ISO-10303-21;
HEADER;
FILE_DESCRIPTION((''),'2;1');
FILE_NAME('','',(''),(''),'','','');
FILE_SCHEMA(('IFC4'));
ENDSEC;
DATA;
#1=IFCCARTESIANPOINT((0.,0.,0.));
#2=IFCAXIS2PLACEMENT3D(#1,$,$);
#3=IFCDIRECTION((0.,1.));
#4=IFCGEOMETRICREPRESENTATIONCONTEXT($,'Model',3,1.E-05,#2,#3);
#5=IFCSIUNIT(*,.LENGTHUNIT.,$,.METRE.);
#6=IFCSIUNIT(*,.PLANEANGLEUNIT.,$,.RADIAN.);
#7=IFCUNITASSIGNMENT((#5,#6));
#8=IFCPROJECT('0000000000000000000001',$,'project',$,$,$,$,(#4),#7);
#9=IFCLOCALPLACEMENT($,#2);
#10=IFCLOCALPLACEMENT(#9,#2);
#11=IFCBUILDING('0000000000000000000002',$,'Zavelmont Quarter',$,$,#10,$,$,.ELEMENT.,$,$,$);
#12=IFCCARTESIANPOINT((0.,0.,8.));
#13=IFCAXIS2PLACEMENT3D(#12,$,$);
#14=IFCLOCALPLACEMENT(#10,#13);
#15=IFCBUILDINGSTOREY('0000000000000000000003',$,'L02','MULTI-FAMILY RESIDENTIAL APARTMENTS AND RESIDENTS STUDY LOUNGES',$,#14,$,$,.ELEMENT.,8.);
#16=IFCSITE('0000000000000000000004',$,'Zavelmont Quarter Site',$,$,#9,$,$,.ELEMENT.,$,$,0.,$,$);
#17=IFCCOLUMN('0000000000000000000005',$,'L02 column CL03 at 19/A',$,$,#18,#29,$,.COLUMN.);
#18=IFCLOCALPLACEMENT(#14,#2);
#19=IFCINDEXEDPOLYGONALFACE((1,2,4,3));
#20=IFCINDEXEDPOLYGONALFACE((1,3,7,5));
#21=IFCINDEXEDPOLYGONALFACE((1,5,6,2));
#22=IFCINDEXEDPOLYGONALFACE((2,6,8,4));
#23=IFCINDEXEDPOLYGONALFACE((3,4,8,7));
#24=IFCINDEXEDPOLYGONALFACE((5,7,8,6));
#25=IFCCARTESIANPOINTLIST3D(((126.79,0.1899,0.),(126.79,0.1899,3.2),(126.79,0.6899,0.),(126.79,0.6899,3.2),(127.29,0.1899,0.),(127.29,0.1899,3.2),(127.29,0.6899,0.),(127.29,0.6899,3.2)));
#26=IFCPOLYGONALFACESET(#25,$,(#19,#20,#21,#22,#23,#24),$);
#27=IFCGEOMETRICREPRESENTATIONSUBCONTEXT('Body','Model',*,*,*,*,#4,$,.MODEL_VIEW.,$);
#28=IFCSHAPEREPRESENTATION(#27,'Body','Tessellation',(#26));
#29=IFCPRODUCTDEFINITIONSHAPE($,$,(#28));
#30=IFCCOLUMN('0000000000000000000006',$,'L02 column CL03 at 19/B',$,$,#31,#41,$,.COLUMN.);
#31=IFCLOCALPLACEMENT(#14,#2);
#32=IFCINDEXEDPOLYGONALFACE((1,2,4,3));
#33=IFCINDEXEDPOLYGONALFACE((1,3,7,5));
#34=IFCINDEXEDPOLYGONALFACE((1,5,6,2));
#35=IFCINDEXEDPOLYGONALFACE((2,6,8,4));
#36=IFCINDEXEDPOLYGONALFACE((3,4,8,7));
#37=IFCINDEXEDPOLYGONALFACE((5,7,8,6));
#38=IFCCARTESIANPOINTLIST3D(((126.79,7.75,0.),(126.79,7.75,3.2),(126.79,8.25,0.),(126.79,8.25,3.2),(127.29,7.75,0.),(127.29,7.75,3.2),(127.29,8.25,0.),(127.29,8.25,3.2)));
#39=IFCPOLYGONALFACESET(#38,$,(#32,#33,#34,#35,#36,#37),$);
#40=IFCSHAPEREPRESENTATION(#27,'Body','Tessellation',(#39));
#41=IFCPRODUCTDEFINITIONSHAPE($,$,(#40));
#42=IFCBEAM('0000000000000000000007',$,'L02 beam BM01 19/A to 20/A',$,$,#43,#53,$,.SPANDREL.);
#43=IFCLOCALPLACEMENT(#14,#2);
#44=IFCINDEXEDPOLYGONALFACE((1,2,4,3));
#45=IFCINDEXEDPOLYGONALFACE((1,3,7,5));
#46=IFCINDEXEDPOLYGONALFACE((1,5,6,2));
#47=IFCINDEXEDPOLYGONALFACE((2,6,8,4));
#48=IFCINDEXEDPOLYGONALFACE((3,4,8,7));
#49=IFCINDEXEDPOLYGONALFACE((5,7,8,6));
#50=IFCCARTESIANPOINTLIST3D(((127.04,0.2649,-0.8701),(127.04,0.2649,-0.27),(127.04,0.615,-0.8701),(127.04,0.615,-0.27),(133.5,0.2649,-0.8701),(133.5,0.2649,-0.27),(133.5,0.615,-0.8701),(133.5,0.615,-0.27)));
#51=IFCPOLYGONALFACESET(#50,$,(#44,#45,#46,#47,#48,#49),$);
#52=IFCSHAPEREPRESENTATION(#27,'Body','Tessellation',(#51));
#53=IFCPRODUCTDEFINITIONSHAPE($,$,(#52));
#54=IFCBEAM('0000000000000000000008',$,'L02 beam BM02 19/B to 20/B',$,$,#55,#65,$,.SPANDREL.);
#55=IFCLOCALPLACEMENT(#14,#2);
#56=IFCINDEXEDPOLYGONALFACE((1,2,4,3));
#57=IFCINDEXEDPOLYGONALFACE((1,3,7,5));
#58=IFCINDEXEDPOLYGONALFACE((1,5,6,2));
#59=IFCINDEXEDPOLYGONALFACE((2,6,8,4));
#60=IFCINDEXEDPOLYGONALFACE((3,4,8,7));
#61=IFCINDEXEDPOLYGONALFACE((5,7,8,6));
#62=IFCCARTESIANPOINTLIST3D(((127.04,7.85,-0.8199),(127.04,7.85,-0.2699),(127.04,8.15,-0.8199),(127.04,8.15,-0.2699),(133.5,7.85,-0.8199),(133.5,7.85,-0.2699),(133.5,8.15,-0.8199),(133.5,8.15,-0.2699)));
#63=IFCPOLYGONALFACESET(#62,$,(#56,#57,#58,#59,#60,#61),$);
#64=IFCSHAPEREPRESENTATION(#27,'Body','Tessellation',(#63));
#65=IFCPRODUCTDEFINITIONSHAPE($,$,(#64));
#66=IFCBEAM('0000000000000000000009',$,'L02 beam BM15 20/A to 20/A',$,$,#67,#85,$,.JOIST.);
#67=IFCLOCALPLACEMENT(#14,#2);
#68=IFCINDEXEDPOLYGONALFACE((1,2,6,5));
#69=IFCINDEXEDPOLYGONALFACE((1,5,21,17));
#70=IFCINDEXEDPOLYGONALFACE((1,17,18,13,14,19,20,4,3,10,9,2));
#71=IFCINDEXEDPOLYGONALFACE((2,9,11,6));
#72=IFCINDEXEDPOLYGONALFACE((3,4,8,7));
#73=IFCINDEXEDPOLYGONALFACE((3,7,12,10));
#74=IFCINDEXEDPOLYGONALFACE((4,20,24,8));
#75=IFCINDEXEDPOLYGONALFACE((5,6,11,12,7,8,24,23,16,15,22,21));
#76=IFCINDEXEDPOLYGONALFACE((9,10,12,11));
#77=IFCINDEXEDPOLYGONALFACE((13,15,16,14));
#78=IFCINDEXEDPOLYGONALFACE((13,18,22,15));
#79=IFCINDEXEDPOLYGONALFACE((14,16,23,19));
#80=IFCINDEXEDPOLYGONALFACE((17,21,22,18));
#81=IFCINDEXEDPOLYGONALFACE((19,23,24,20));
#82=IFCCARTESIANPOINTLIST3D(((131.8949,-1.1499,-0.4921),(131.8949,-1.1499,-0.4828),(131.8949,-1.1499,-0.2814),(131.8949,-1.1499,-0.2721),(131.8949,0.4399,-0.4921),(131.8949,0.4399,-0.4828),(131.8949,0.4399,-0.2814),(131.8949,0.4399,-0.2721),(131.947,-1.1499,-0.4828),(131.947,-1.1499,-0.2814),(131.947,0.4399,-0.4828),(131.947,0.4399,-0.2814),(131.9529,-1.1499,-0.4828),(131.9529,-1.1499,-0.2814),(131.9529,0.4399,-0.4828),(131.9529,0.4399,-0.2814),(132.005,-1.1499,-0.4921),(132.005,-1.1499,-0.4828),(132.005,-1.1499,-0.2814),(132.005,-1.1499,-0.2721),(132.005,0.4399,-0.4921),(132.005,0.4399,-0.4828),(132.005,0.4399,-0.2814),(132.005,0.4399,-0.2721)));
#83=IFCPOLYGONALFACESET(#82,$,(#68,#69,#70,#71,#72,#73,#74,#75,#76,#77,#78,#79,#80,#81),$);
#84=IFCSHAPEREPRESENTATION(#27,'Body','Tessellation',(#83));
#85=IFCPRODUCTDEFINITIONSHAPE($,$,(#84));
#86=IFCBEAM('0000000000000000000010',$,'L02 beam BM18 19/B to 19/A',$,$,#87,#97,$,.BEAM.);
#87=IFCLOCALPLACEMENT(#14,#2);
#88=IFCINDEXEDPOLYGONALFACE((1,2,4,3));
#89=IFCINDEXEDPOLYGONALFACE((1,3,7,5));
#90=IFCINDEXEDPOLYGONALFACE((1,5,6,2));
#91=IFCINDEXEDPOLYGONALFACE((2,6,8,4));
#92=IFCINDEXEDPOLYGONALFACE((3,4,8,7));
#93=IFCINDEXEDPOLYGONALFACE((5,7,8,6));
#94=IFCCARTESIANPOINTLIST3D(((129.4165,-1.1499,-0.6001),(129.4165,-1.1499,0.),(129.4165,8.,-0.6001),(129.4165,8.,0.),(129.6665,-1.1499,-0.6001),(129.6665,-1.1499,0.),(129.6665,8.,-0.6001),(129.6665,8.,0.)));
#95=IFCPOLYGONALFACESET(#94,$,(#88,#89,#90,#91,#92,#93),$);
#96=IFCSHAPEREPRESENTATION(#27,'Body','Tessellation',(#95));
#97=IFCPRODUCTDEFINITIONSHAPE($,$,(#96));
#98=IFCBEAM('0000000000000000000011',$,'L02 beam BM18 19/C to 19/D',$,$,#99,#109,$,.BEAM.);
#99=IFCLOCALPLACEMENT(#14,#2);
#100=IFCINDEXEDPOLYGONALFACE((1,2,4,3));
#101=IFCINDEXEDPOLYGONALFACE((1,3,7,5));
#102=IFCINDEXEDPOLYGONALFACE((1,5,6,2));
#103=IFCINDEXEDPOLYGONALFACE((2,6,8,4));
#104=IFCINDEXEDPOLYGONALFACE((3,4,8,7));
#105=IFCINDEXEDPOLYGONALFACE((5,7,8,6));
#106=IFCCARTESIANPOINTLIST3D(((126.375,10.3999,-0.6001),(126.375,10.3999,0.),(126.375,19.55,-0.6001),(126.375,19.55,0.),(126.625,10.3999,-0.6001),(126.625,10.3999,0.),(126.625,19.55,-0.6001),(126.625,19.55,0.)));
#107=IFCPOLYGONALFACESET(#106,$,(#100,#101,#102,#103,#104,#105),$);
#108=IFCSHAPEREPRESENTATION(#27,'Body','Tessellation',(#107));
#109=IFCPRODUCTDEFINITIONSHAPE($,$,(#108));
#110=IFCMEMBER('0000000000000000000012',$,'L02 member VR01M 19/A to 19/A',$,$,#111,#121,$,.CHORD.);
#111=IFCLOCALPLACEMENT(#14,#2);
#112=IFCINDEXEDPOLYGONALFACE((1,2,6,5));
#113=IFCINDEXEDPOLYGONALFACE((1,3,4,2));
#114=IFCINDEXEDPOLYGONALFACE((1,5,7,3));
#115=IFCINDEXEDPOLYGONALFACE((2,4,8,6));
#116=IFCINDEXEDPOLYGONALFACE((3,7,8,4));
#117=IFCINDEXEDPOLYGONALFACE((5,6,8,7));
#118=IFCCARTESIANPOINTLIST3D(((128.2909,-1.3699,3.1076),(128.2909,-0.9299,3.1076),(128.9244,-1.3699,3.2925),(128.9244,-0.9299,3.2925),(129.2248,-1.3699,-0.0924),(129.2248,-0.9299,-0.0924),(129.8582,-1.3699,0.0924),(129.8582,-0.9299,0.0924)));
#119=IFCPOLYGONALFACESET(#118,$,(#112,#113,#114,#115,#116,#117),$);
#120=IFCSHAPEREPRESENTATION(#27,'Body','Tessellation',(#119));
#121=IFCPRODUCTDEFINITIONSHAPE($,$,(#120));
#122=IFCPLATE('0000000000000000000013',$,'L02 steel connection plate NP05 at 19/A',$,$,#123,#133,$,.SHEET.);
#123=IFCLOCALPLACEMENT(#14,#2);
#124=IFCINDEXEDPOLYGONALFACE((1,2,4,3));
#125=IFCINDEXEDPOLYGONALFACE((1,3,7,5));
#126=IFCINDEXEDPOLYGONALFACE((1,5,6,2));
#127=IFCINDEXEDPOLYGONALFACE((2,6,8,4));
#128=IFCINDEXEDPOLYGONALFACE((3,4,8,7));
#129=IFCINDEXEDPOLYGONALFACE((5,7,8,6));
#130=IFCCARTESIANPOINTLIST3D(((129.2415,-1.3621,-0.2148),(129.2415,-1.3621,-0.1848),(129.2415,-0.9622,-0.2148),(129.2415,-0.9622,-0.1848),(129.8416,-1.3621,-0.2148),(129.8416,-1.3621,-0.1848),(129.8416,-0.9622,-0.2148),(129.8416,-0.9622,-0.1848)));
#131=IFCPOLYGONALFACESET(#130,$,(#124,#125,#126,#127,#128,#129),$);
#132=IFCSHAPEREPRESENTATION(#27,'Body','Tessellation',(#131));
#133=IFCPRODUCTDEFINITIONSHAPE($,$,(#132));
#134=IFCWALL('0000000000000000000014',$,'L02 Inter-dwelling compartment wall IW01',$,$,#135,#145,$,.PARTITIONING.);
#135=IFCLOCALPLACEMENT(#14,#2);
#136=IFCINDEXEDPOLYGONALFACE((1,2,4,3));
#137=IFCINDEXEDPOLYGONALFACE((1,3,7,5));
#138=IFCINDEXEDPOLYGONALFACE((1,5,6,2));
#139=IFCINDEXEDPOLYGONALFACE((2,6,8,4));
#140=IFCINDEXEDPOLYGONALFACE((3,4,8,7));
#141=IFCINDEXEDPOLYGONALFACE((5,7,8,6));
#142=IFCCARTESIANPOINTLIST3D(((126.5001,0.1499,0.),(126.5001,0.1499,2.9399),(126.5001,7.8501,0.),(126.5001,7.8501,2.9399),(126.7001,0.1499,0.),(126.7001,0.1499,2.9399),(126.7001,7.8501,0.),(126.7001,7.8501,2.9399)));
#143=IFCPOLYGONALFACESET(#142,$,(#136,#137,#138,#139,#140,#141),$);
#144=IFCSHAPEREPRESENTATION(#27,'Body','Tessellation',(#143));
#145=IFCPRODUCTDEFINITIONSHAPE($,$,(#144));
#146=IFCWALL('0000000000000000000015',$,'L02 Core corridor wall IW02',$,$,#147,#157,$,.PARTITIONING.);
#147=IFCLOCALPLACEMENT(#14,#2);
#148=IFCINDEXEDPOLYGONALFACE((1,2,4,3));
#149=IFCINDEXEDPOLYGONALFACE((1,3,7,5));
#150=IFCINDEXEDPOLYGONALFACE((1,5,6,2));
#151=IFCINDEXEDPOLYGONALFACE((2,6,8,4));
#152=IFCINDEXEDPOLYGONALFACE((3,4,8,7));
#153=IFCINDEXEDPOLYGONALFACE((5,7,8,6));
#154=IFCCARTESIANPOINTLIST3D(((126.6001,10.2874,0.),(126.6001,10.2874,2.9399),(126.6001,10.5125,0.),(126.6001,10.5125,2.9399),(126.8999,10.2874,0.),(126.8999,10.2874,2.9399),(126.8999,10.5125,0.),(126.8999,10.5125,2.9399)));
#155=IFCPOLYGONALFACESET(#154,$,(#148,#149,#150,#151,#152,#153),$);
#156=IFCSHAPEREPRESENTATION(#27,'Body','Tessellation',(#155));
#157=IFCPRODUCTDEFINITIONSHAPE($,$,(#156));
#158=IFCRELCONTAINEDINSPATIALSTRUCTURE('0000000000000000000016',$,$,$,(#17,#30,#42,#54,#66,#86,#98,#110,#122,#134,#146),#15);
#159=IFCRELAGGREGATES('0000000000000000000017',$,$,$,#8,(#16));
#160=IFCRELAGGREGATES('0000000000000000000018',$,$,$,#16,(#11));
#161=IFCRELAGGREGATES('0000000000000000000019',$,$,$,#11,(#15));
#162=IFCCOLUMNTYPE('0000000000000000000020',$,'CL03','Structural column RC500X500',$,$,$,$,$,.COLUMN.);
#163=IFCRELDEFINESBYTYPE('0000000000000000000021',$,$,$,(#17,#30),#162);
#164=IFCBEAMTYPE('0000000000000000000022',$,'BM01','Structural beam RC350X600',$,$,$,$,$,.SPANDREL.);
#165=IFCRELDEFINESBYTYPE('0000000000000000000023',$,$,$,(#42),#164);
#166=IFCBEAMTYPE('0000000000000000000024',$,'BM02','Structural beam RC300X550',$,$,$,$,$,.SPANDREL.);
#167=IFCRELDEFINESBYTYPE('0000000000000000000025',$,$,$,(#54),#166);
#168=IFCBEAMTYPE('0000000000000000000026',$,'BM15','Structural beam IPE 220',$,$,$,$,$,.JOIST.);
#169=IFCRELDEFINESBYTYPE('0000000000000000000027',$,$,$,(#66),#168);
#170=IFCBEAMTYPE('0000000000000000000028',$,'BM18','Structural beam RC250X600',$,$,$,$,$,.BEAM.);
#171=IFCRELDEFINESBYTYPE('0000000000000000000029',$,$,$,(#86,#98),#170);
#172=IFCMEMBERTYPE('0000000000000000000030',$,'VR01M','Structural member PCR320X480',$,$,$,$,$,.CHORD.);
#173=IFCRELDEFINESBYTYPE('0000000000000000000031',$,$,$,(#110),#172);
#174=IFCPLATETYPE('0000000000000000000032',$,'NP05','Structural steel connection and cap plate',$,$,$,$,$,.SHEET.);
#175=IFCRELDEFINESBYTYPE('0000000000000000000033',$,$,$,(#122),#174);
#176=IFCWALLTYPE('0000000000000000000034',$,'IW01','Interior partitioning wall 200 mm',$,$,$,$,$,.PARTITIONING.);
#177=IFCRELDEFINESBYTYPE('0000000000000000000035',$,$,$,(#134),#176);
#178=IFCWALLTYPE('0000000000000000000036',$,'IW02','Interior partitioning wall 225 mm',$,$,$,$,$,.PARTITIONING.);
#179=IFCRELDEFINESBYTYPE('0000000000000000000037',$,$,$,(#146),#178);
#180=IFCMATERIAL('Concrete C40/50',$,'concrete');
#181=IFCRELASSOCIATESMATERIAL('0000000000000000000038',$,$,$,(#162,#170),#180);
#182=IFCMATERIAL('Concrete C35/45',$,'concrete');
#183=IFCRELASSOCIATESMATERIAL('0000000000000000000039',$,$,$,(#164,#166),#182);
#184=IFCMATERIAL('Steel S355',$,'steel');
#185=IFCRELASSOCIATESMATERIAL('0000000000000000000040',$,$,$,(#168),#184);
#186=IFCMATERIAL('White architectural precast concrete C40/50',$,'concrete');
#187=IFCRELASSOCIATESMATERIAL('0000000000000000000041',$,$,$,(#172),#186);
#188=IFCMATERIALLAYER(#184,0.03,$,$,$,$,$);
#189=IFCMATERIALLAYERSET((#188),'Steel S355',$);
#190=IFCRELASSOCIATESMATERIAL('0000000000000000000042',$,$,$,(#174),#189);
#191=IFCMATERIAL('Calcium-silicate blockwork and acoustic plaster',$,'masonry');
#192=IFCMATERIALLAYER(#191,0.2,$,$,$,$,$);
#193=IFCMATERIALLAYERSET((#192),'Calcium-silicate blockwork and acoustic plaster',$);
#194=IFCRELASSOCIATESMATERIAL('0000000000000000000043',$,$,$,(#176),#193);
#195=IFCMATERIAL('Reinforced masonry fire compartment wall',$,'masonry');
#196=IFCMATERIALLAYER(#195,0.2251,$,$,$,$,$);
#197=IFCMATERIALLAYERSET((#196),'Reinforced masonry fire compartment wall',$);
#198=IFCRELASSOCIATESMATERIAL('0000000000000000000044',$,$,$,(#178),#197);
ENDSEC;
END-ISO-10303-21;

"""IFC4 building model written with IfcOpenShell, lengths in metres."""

from ifc_helpers import new_model, si_unit, direction, frame, frame_2d, origin, origin_2d, place, context, subcontext, project, spatial, rectangle, i_section, extrude, material, layer, layer_set, material_profile, profile_set, type_object, element, save


model = new_model("IFC4")

# Units and contexts
model_context = context("Model", 3, precision=1e-05, world=origin(), true_north=direction((0.0, 1.0)))
body_context = subcontext(model_context, "Body", "Model", "MODEL_VIEW")
ifc_project = project(units=[si_unit("LENGTHUNIT", "METRE"), si_unit("PLANEANGLEUNIT", "RADIAN")], contexts=[model_context])

# Site, building, storey
site_placement = place(None, origin())
site = spatial("IfcSite", under=ifc_project, at=site_placement, Name="Zavelmont Quarter Site", CompositionType="ELEMENT", RefElevation=0.0)
building_placement = place(site_placement, origin())
building = spatial("IfcBuilding", under=site, at=building_placement, Name="Zavelmont Quarter", CompositionType="ELEMENT")
storey_placement = place(building_placement, frame((0.0, 0.0, 8.0)))
storey = spatial("IfcBuildingStorey", under=building, at=storey_placement, Name="L02", Description="MULTI-FAMILY RESIDENTIAL APARTMENTS AND RESIDENTS STUDY LOUNGES", CompositionType="ELEMENT", Elevation=8.0)

# Columns
ifc_material_1 = material(Name="Concrete C40/50", Category="concrete")
ifc_material_profile_1 = material_profile(ifc_material_1, rectangle(XDim=0.5, YDim=0.5, at=origin_2d()), Name="RC500X500")
ifc_profile_set_1 = profile_set([ifc_material_profile_1], Name="Concrete C40/50")
column_type = type_object("IfcColumnType", Name="CL03", Description="Structural column RC500X500", PredefinedType="COLUMN", material=ifc_profile_set_1)
for number, where, z_axis, x_axis, name in (
    (1, (127.04, 0.4399, 0.0), (0.0, 0.0, 1.0), (1.0, 0.0, 0.0), "L02 column CL03 at 19/A"),
    (2, (127.04, 8.0, 0.0), (0.0, 0.0, 1.0), (1.0, 0.0, 0.0), "L02 column CL03 at 19/B"),
):
    element("IfcColumn", number, at=place(storey_placement, frame(where, z_axis=z_axis, x_axis=x_axis)), inside=storey, type_object=column_type, Name=name, PredefinedType="COLUMN", context=body_context, shape_type="SweptSolid", body=[
        extrude(rectangle(XDim=0.5, YDim=0.5, at=origin_2d()), origin(), (0.0, 0.0, 1.0), 3.2),
    ])

# Beams
ifc_material_2 = material(Name="Concrete C35/45", Category="concrete")
ifc_material_profile_2 = material_profile(ifc_material_2, rectangle(XDim=0.3501, YDim=0.6001, at=origin_2d()), Name="RC350X600")
ifc_profile_set_2 = profile_set([ifc_material_profile_2], Name="Concrete C35/45")
beam_type_1 = type_object("IfcBeamType", Name="BM01", Description="Structural beam RC350X600", PredefinedType="SPANDREL", material=ifc_profile_set_2)
beam_1_placement = place(storey_placement, frame((127.04, 0.4399, -0.5701), z_axis=(1.0, 0.0, 0.0), x_axis=(0.0, 1.0, 0.0)))
element("IfcBeam", 3, at=beam_1_placement, inside=storey, type_object=beam_type_1, Name="L02 beam BM01 19/A to 20/A", PredefinedType="SPANDREL", context=body_context, shape_type="SweptSolid", body=[
    extrude(rectangle(XDim=0.3501, YDim=0.6001, at=origin_2d()), origin(), (0.0, 0.0, 1.0), 6.46),
])
ifc_material_profile_3 = material_profile(ifc_material_2, rectangle(XDim=0.3, YDim=0.55, at=origin_2d()), Name="RC300X550")
ifc_profile_set_3 = profile_set([ifc_material_profile_3], Name="Concrete C35/45")
beam_type_2 = type_object("IfcBeamType", Name="BM02", Description="Structural beam RC300X550", PredefinedType="SPANDREL", material=ifc_profile_set_3)
beam_2_placement = place(storey_placement, frame((127.04, 8.0, -0.5449), z_axis=(1.0, 0.0, 0.0), x_axis=(0.0, 1.0, 0.0)))
element("IfcBeam", 4, at=beam_2_placement, inside=storey, type_object=beam_type_2, Name="L02 beam BM02 19/B to 20/B", PredefinedType="SPANDREL", context=body_context, shape_type="SweptSolid", body=[
    extrude(rectangle(XDim=0.3, YDim=0.55, at=origin_2d()), origin(), (0.0, 0.0, 1.0), 6.46),
])
ifc_material_3 = material(Name="Steel S355", Category="steel")
ifc_material_profile_4 = material_profile(ifc_material_3, i_section(OverallWidth=0.1101, OverallDepth=0.22, WebThickness=0.0059, FlangeThickness=0.0093, at=origin_2d()), Name="IPE 220")
ifc_profile_set_4 = profile_set([ifc_material_profile_4], Name="Steel S355")
beam_type_3 = type_object("IfcBeamType", Name="BM15", Description="Structural beam IPE 220", PredefinedType="JOIST", material=ifc_profile_set_4)
beam_3_placement = place(storey_placement, frame((131.95, 0.4399, -0.3821), z_axis=(0.0, -1.0, 0.0), x_axis=(1.0, 0.0, 0.0)))
element("IfcBeam", 5, at=beam_3_placement, inside=storey, type_object=beam_type_3, Name="L02 beam BM15 20/A to 20/A", PredefinedType="JOIST", context=body_context, shape_type="SweptSolid", body=[
    extrude(i_section(OverallWidth=0.1101, OverallDepth=0.22, WebThickness=0.0059, FlangeThickness=0.0093, at=origin_2d()), origin(), (0.0, 0.0, 1.0), 1.5898),
])
ifc_material_profile_5 = material_profile(ifc_material_1, rectangle(XDim=0.25, YDim=0.6001, at=origin_2d()), Name="RC250X600")
ifc_profile_set_5 = profile_set([ifc_material_profile_5], Name="Concrete C40/50")
beam_type_4 = type_object("IfcBeamType", Name="BM18", Description="Structural beam RC250X600", PredefinedType="BEAM", material=ifc_profile_set_5)
beam_4_placement = place(storey_placement, frame((129.5415, 8.0, -0.3), z_axis=(0.0, -1.0, 0.0), x_axis=(1.0, 0.0, 0.0)))
element("IfcBeam", 6, at=beam_4_placement, inside=storey, type_object=beam_type_4, Name="L02 beam BM18 19/B to 19/A", PredefinedType="BEAM", context=body_context, shape_type="SweptSolid", body=[
    extrude(rectangle(XDim=0.25, YDim=0.6001, at=origin_2d()), origin(), (0.0, 0.0, 1.0), 9.1499),
])
beam_5_placement = place(storey_placement, frame((126.5, 10.3999, -0.3), z_axis=(0.0, 1.0, 0.0), x_axis=(-1.0, 0.0, 0.0)))
element("IfcBeam", 7, at=beam_5_placement, inside=storey, type_object=beam_type_4, Name="L02 beam BM18 19/C to 19/D", PredefinedType="BEAM", context=body_context, shape_type="SweptSolid", body=[
    extrude(rectangle(XDim=0.25, YDim=0.6001, at=origin_2d()), origin(), (0.0, 0.0, 1.0), 9.1501),
])

# Member
ifc_material_4 = material(Name="White architectural precast concrete C40/50", Category="concrete")
ifc_material_profile_6 = material_profile(ifc_material_4, rectangle(XDim=0.4399, YDim=0.6599, at=origin_2d()), Name="PCR320X480")
ifc_profile_set_6 = profile_set([ifc_material_profile_6], Name="White architectural precast concrete C40/50")
member_type = type_object("IfcMemberType", Name="VR01M", Description="Structural member PCR320X480", PredefinedType="CHORD", material=ifc_profile_set_6)
member_placement = place(storey_placement, frame((129.5415, -1.1499, 0.0), z_axis=(-0.280143, 0.0, 0.959958), x_axis=(0.0, -1.0, 0.0)))
element("IfcMember", 8, at=member_placement, inside=storey, type_object=member_type, Name="L02 member VR01M 19/A to 19/A", PredefinedType="CHORD", context=body_context, shape_type="SweptSolid", body=[
    extrude(rectangle(XDim=0.4399, YDim=0.6599, at=origin_2d()), origin(), (0.0, 0.0, 1.0), 3.3335),
])

# Plate
ifc_layer_1 = layer(ifc_material_3, 0.03)
ifc_layer_set_1 = layer_set([ifc_layer_1], Name="Steel S355")
plate_type = type_object("IfcPlateType", Name="NP05", Description="Structural steel connection and cap plate", PredefinedType="SHEET", material=ifc_layer_set_1)
plate_placement = place(storey_placement, frame((129.5415, -1.1621, -0.2148), z_axis=(0.0, 0.0, 1.0), x_axis=(1.0, 0.0, 0.0)))
element("IfcPlate", 9, at=plate_placement, inside=storey, type_object=plate_type, Name="L02 steel connection plate NP05 at 19/A", PredefinedType="SHEET", context=body_context, shape_type="SweptSolid", body=[
    extrude(rectangle(XDim=0.6001, YDim=0.3999, at=origin_2d()), origin(), (0.0, 0.0, 1.0), 0.03),
])

# Wall
ifc_material_5 = material(Name="Calcium-silicate blockwork and acoustic plaster", Category="masonry")
ifc_layer_2 = layer(ifc_material_5, 0.2)
ifc_layer_set_2 = layer_set([ifc_layer_2], Name="Calcium-silicate blockwork and acoustic plaster")
wall_type_1 = type_object("IfcWallType", Name="IW01", Description="Interior partitioning wall 200 mm", PredefinedType="PARTITIONING", material=ifc_layer_set_2)
wall_1_placement = place(storey_placement, frame((126.6001, 7.8501, 0.0), z_axis=(0.0, 0.0, 1.0), x_axis=(0.0, -1.0, 0.0)))
element("IfcWall", 10, at=wall_1_placement, inside=storey, type_object=wall_type_1, Name="L02 Inter-dwelling compartment wall IW01", PredefinedType="PARTITIONING", context=body_context, shape_type="SweptSolid", body=[
    extrude(rectangle(XDim=7.7002, YDim=0.2, at=frame_2d((3.8501, 0.0))), origin(), (0.0, 0.0, 1.0), 2.9399),
])

# Wall
ifc_material_6 = material(Name="Reinforced masonry fire compartment wall", Category="masonry")
ifc_layer_3 = layer(ifc_material_6, 0.2251)
ifc_layer_set_3 = layer_set([ifc_layer_3], Name="Reinforced masonry fire compartment wall")
wall_type_2 = type_object("IfcWallType", Name="IW02", Description="Interior partitioning wall 225 mm", PredefinedType="PARTITIONING", material=ifc_layer_set_3)
wall_2_placement = place(storey_placement, frame((126.6001, 10.3999, 0.0), z_axis=(0.0, 0.0, 1.0), x_axis=(1.0, 0.0, 0.0)))
element("IfcWall", 11, at=wall_2_placement, inside=storey, type_object=wall_type_2, Name="L02 Core corridor wall IW02", PredefinedType="PARTITIONING", context=body_context, shape_type="SweptSolid", body=[
    extrude(rectangle(XDim=0.2998, YDim=0.2251, at=frame_2d((0.1499, 0.0))), origin(), (0.0, 0.0, 1.0), 2.9399),
])

save(model, "model.ifc")
